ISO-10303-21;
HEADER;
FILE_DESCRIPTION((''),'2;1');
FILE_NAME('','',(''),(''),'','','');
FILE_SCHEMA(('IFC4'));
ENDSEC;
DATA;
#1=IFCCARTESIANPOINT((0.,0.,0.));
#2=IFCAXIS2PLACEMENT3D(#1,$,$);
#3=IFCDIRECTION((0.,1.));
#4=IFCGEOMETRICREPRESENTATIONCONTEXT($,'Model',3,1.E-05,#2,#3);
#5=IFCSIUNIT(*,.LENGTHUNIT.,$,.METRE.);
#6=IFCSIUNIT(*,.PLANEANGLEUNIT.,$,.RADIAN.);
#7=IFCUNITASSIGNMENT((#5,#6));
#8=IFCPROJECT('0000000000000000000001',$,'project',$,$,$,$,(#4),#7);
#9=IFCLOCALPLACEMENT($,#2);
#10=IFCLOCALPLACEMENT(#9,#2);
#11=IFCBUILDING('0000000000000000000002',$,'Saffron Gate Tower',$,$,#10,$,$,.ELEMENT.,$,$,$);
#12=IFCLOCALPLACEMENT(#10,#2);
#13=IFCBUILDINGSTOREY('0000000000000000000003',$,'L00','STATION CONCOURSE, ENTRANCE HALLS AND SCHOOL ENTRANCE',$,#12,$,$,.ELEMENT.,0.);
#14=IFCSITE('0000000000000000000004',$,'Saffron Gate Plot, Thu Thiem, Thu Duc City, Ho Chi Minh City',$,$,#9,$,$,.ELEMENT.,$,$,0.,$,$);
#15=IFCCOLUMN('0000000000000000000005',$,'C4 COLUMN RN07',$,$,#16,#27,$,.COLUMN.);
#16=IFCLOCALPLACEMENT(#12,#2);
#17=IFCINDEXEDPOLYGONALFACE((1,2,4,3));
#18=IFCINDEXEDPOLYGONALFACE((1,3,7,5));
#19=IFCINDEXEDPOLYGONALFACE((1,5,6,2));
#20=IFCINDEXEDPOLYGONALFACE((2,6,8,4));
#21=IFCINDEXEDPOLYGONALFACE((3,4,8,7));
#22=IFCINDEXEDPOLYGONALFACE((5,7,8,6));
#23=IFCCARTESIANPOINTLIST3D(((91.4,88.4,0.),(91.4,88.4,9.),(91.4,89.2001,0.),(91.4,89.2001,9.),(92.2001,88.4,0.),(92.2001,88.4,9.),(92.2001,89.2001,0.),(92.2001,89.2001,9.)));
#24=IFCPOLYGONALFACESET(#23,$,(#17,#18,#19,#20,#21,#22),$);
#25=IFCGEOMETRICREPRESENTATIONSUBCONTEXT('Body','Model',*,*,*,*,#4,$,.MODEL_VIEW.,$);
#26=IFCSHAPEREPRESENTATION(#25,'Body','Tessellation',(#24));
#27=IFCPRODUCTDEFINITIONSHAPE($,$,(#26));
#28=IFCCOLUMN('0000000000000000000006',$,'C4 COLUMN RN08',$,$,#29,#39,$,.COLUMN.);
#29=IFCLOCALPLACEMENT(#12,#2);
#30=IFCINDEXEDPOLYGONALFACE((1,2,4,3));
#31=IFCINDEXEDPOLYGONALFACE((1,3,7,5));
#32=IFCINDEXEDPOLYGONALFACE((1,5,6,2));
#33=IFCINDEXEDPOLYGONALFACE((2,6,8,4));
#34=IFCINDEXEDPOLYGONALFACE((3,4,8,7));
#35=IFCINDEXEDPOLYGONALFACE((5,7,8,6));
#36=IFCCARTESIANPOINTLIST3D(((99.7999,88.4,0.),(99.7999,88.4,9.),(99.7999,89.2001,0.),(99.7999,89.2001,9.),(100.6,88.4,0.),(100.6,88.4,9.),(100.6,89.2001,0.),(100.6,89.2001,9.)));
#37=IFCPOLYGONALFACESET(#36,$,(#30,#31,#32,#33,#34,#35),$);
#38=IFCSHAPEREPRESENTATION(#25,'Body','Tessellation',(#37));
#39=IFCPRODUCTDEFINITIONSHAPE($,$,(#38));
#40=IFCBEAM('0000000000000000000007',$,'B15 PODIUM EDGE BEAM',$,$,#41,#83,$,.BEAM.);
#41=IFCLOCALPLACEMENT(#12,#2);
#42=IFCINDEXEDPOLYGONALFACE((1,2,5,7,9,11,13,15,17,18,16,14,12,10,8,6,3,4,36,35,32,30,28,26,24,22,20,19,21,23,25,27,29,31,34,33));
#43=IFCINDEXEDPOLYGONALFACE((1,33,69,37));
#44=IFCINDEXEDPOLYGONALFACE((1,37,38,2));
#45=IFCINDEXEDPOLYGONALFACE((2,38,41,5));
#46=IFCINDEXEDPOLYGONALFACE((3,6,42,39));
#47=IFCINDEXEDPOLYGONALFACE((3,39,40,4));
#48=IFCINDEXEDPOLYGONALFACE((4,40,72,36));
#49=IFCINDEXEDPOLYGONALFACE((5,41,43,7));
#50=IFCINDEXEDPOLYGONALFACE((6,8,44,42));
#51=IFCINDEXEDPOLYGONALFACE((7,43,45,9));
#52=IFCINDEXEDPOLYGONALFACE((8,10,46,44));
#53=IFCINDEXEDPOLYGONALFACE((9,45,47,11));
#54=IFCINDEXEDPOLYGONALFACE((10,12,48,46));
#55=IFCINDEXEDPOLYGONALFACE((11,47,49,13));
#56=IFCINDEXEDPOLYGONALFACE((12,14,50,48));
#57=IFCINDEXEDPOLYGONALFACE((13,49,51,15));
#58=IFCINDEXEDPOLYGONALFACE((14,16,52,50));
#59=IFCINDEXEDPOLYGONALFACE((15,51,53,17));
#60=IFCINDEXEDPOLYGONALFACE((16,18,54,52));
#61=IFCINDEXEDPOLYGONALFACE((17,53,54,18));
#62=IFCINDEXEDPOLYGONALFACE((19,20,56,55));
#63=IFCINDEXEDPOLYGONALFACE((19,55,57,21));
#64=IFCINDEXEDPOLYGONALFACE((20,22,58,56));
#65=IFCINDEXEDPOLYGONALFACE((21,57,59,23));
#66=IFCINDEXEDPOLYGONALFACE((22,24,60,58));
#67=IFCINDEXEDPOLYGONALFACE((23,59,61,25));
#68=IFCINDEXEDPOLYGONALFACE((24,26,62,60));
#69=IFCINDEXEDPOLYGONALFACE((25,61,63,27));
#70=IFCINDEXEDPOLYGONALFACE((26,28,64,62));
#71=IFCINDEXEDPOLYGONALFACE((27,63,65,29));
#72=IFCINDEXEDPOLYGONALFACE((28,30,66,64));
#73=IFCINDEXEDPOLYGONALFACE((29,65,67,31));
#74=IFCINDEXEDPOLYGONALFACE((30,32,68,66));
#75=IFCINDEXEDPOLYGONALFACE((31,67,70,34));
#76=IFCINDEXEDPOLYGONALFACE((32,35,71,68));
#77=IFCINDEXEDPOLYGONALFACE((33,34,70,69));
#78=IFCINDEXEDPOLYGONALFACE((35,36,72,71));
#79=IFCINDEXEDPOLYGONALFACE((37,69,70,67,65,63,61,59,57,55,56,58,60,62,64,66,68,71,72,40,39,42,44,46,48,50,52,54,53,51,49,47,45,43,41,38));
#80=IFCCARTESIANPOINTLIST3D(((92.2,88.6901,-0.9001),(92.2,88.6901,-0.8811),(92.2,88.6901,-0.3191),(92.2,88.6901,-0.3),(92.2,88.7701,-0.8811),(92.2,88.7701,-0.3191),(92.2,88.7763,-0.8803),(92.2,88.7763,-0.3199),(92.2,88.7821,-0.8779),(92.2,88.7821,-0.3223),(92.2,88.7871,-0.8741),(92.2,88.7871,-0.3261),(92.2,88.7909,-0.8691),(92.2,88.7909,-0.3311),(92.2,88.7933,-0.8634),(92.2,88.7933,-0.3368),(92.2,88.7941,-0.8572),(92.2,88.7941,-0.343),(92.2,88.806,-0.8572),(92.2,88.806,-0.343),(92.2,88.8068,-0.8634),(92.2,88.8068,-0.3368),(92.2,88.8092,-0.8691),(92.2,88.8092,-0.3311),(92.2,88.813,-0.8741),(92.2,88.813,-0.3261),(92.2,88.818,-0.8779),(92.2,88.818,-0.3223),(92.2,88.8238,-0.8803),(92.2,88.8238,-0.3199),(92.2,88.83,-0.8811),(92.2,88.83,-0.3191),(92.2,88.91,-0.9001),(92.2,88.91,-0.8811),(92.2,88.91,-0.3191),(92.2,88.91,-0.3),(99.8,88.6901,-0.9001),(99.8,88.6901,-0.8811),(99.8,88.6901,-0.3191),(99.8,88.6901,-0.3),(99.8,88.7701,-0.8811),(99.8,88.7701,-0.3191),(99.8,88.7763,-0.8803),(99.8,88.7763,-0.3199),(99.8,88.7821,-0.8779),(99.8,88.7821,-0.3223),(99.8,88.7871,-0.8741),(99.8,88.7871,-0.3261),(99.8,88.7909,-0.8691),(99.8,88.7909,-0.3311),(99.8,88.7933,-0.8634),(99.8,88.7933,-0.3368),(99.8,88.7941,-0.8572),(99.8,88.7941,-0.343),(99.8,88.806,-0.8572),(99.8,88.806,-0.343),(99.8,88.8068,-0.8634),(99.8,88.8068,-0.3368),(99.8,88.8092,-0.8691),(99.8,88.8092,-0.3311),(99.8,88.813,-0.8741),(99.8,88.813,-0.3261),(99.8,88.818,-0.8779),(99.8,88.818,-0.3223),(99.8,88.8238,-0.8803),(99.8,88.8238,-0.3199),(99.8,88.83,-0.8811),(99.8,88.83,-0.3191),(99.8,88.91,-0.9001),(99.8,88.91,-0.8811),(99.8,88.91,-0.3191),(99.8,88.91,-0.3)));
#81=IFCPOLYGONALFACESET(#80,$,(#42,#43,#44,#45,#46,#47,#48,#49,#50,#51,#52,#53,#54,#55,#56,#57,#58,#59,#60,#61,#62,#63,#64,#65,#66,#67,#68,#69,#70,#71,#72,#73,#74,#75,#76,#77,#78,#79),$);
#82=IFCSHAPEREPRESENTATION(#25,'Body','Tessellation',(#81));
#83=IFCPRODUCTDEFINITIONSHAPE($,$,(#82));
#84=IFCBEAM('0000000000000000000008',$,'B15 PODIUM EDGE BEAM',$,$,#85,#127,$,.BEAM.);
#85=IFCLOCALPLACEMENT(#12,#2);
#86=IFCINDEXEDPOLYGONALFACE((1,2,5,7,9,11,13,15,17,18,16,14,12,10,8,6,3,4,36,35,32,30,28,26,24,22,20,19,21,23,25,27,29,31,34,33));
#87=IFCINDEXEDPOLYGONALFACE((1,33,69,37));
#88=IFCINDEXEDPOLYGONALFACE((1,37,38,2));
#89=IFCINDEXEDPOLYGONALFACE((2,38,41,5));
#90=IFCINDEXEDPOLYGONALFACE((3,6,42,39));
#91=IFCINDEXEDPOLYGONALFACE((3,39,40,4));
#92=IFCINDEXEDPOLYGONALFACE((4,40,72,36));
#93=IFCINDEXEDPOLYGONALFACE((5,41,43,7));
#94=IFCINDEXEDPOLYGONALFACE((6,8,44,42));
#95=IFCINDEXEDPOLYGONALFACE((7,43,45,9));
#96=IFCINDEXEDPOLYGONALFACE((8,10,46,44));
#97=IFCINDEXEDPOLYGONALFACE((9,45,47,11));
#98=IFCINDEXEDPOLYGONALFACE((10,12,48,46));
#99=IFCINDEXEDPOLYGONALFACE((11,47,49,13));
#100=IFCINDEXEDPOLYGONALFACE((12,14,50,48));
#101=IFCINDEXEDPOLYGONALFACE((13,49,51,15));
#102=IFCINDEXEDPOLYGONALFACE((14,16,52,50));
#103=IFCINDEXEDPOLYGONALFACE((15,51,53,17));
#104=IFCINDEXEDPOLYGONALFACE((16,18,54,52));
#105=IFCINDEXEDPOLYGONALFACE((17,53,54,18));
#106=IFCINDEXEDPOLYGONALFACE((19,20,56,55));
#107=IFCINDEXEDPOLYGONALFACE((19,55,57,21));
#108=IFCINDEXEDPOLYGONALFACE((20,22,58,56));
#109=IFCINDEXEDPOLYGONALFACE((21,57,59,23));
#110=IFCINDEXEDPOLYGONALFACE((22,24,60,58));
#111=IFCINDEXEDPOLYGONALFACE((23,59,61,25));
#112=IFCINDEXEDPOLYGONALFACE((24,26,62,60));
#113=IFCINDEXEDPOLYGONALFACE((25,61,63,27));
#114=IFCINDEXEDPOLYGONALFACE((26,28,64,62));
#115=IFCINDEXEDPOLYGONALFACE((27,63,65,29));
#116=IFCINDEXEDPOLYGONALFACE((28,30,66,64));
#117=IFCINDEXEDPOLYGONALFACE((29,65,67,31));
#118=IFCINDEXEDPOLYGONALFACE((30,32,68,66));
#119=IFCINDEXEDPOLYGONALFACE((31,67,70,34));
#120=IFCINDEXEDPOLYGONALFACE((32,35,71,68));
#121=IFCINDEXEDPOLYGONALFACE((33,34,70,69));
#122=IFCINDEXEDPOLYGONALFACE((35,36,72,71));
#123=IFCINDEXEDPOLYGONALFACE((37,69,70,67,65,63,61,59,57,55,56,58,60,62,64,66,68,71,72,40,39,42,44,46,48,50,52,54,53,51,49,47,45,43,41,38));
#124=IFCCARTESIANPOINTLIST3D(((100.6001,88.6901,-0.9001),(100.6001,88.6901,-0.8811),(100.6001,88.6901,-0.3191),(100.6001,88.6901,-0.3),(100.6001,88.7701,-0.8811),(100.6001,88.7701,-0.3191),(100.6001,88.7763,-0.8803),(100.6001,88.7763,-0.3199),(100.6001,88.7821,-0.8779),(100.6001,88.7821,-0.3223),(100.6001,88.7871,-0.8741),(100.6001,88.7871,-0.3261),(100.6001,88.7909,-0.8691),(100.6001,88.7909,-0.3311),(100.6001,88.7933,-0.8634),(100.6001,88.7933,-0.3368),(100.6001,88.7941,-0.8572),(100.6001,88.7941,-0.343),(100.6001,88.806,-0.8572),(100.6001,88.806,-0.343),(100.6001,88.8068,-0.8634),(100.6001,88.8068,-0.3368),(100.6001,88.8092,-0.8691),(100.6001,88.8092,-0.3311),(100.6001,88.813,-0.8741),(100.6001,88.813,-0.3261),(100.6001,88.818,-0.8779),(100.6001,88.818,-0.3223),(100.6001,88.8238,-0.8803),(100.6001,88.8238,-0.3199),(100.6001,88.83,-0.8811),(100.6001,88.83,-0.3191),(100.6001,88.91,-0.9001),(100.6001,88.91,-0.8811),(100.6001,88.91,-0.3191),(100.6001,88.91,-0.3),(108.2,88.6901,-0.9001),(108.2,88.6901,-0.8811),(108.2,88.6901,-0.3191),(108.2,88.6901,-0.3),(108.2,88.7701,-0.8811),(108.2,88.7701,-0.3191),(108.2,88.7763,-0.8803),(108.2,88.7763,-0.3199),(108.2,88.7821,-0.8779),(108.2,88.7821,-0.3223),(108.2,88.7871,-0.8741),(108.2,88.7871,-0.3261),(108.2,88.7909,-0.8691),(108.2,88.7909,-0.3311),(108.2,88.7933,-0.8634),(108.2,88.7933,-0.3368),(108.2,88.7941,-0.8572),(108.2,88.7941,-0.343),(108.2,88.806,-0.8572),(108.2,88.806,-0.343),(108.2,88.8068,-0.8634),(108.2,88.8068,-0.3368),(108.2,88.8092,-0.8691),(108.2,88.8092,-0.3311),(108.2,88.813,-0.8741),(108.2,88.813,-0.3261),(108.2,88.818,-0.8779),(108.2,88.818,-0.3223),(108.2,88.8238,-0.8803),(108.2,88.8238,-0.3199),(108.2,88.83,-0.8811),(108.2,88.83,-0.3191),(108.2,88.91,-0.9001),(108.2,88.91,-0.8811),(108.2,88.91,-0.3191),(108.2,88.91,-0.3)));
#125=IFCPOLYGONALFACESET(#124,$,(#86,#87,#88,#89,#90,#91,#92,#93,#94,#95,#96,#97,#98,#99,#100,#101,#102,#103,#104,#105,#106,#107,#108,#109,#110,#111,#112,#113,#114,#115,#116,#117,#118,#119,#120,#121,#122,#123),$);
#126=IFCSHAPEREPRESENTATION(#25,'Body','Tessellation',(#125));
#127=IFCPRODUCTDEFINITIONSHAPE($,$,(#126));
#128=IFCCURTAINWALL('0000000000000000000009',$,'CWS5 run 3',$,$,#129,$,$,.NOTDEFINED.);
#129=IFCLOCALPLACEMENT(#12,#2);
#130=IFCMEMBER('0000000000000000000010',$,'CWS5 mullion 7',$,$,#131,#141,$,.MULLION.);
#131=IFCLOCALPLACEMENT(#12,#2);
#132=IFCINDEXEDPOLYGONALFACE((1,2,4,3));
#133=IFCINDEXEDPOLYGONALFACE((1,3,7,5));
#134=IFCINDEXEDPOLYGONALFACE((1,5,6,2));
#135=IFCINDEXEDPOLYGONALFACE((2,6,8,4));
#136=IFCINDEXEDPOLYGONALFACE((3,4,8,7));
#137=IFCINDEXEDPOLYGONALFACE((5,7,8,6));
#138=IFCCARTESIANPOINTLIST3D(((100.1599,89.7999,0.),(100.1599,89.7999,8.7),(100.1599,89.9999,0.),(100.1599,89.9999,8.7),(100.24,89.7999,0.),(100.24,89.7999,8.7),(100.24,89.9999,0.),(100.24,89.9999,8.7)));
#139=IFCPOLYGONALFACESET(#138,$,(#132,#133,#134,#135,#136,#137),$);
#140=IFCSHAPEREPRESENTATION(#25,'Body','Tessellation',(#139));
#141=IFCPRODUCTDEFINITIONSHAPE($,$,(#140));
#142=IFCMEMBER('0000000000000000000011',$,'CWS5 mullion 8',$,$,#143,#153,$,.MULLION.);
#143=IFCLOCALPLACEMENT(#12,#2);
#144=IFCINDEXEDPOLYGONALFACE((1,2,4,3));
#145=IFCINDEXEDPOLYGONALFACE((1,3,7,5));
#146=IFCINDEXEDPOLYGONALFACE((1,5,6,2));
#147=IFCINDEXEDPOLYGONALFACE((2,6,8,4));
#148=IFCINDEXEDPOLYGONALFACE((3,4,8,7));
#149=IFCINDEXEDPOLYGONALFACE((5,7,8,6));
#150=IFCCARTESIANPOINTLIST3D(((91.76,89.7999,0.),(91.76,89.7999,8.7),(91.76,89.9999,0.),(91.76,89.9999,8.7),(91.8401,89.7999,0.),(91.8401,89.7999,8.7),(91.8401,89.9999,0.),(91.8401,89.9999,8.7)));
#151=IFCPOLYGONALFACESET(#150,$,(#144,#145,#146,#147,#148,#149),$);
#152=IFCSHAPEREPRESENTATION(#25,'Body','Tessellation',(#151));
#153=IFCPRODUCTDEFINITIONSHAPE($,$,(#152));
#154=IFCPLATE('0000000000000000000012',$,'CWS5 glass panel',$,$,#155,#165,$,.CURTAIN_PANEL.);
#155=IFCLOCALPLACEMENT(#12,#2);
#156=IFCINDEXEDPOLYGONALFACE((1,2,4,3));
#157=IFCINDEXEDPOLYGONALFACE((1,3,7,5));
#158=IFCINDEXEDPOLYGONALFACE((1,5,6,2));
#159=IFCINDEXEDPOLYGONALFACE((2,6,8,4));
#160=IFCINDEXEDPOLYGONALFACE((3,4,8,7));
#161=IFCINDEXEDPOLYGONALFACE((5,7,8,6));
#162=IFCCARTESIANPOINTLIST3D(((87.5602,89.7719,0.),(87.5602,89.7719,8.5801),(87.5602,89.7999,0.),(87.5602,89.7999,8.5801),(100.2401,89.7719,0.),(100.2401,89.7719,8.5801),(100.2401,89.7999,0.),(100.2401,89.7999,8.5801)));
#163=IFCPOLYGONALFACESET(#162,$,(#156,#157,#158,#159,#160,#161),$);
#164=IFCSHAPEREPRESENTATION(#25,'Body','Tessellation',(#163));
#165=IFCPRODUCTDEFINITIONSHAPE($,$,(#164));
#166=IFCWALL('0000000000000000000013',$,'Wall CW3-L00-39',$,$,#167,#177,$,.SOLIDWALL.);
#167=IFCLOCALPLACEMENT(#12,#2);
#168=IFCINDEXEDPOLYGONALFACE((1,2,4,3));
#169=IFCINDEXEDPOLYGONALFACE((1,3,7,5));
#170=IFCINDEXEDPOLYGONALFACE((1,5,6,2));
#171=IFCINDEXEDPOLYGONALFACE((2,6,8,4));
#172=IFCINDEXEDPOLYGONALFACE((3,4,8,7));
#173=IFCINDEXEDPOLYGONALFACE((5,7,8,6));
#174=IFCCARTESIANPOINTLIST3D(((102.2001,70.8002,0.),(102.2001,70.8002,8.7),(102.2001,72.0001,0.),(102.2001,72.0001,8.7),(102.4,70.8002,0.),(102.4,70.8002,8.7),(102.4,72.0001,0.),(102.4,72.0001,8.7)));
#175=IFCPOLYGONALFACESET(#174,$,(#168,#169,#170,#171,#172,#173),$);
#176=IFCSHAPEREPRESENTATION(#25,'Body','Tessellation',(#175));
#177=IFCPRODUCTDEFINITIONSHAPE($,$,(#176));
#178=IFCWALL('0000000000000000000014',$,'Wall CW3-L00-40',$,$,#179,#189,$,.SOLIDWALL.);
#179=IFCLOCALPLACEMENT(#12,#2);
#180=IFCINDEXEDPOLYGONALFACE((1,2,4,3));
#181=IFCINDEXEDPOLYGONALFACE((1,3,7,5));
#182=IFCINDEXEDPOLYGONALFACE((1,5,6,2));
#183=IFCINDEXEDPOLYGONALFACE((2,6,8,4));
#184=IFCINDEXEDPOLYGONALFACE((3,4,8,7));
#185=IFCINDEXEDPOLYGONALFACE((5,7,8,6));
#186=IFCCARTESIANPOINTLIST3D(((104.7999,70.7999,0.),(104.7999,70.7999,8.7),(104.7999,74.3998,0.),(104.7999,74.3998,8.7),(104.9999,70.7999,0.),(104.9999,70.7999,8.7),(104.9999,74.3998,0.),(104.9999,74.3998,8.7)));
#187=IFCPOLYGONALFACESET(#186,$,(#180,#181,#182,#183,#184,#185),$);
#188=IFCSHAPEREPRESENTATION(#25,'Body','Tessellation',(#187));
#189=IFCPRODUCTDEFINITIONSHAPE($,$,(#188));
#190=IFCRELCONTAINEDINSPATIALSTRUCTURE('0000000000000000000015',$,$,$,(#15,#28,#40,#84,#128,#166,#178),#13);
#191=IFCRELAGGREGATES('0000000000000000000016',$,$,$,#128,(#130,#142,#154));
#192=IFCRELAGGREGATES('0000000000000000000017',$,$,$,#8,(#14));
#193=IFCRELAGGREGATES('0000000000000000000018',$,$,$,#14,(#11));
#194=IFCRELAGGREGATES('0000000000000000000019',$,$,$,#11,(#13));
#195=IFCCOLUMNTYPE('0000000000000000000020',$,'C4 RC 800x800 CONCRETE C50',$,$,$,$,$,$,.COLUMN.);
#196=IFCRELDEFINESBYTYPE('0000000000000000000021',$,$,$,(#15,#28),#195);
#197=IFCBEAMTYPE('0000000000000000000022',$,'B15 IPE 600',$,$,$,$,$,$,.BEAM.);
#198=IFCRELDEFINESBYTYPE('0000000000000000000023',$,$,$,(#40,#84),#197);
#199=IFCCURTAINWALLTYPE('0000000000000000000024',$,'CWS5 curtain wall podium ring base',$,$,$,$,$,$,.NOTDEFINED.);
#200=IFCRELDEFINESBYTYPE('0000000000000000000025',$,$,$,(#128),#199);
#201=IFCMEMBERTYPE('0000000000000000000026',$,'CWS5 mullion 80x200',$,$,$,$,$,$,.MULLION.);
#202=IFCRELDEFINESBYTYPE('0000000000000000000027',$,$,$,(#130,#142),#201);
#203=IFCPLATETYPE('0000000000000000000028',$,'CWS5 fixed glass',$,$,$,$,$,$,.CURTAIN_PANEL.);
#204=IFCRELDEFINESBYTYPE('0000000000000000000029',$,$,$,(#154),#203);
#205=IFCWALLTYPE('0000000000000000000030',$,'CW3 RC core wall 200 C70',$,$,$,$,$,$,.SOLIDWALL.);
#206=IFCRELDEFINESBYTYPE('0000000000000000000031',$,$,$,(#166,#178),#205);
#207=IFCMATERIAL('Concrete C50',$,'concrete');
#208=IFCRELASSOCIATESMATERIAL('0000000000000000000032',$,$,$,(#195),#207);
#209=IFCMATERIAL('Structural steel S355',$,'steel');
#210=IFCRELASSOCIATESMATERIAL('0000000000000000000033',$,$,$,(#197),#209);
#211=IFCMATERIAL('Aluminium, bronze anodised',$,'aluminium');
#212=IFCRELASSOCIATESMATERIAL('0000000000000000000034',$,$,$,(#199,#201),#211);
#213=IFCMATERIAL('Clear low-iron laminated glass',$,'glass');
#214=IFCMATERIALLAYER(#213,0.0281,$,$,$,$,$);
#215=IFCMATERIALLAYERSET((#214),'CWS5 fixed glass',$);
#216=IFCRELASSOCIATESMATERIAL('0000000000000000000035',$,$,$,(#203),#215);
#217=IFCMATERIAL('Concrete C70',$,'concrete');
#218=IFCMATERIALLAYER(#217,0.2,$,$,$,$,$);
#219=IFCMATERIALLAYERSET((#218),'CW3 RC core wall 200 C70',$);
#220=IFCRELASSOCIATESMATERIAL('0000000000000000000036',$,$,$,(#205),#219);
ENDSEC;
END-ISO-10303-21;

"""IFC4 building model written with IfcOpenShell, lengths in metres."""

from ifc_helpers import new_model, si_unit, direction, frame, frame_2d, origin, origin_2d, place, context, subcontext, project, spatial, rectangle, i_section, extrude, material, layer, layer_set, material_profile, profile_set, type_object, element, aggregate, save


model = new_model("IFC4")

# Units and contexts
model_context = context("Model", 3, precision=1e-05, world=origin(), true_north=direction((0.0, 1.0)))
body_context = subcontext(model_context, "Body", "Model", "MODEL_VIEW")
ifc_project = project(units=[si_unit("LENGTHUNIT", "METRE"), si_unit("PLANEANGLEUNIT", "RADIAN")], contexts=[model_context])

# Site, building, storey
site_placement = place(None, origin())
site = spatial("IfcSite", under=ifc_project, at=site_placement, Name="Saffron Gate Plot, Thu Thiem, Thu Duc City, Ho Chi Minh City", CompositionType="ELEMENT", RefElevation=0.0)
building_placement = place(site_placement, origin())
building = spatial("IfcBuilding", under=site, at=building_placement, Name="Saffron Gate Tower", CompositionType="ELEMENT")
storey_placement = place(building_placement, origin())
storey = spatial("IfcBuildingStorey", under=building, at=storey_placement, Name="L00", Description="STATION CONCOURSE, ENTRANCE HALLS AND SCHOOL ENTRANCE", CompositionType="ELEMENT", Elevation=0.0)

# Columns
ifc_material_1 = material(Name="Concrete C50", Category="concrete")
ifc_material_profile_1 = material_profile(ifc_material_1, rectangle(XDim=0.8, YDim=0.8, at=origin_2d()))
ifc_profile_set_1 = profile_set([ifc_material_profile_1], Name="Concrete C50")
column_type = type_object("IfcColumnType", Name="C4 RC 800x800 CONCRETE C50", PredefinedType="COLUMN", material=ifc_profile_set_1)
for number, where, z_axis, x_axis, name in (
    (1, (91.8, 88.8, 0.0), (0.0, 0.0, 1.0), (1.0, 0.0, 0.0), "C4 COLUMN RN07"),
    (2, (100.2, 88.8, 0.0), (0.0, 0.0, 1.0), (1.0, 0.0, 0.0), "C4 COLUMN RN08"),
):
    element("IfcColumn", number, at=place(storey_placement, frame(where, z_axis=z_axis, x_axis=x_axis)), inside=storey, type_object=column_type, Name=name, PredefinedType="COLUMN", context=body_context, shape_type="SweptSolid", body=[
        extrude(rectangle(XDim=0.8, YDim=0.8, at=origin_2d()), origin(), (0.0, 0.0, 1.0), 9.0),
    ])

# Beams
ifc_material_2 = material(Name="Structural steel S355", Category="steel")
ifc_material_profile_2 = material_profile(ifc_material_2, i_section(OverallWidth=0.22, OverallDepth=0.6001, WebThickness=0.012, FlangeThickness=0.019, FilletRadius=0.0239, at=origin_2d()))
ifc_profile_set_2 = profile_set([ifc_material_profile_2], Name="Structural steel S355")
beam_type = type_object("IfcBeamType", Name="B15 IPE 600", PredefinedType="BEAM", material=ifc_profile_set_2)
beam_1_placement = place(storey_placement, frame((92.2, 88.8, -0.6001), z_axis=(1.0, 0.0, 0.0), x_axis=(0.0, 1.0, 0.0)))
element("IfcBeam", 3, at=beam_1_placement, inside=storey, type_object=beam_type, Name="B15 PODIUM EDGE BEAM", PredefinedType="BEAM", context=body_context, shape_type="SweptSolid", body=[
    extrude(i_section(OverallWidth=0.22, OverallDepth=0.6001, WebThickness=0.012, FlangeThickness=0.019, FilletRadius=0.0239, at=origin_2d()), origin(), (0.0, 0.0, 1.0), 7.6001),
])
beam_2_placement = place(storey_placement, frame((100.6001, 88.8, -0.6001), z_axis=(1.0, 0.0, 0.0), x_axis=(0.0, 1.0, 0.0)))
element("IfcBeam", 4, at=beam_2_placement, inside=storey, type_object=beam_type, Name="B15 PODIUM EDGE BEAM", PredefinedType="BEAM", context=body_context, shape_type="SweptSolid", body=[
    extrude(i_section(OverallWidth=0.22, OverallDepth=0.6001, WebThickness=0.012, FlangeThickness=0.019, FilletRadius=0.0239, at=origin_2d()), origin(), (0.0, 0.0, 1.0), 7.5999),
])

# Curtain wall, members, plate
ifc_material_3 = material(Name="Aluminium, bronze anodised", Category="aluminium")
curtain_wall_type = type_object("IfcCurtainWallType", Name="CWS5 curtain wall podium ring base", PredefinedType="NOTDEFINED", material=ifc_material_3)
curtain_wall_placement = place(storey_placement, origin())
curtain_wall = element("IfcCurtainWall", 5, at=curtain_wall_placement, inside=storey, type_object=curtain_wall_type, Name="CWS5 run 3", PredefinedType="NOTDEFINED")
ifc_material_profile_3 = material_profile(ifc_material_3, rectangle(XDim=0.2, YDim=0.0801, at=origin_2d()))
ifc_profile_set_3 = profile_set([ifc_material_profile_3], Name="Aluminium, bronze anodised")
member_type = type_object("IfcMemberType", Name="CWS5 mullion 80x200", PredefinedType="MULLION", material=ifc_profile_set_3)
member_1_placement = place(storey_placement, frame((100.2, 89.8999, 0.0), z_axis=(0.0, 0.0, 1.0), x_axis=(0.0, -1.0, 0.0)))
member_1 = element("IfcMember", 6, at=member_1_placement, type_object=member_type, Name="CWS5 mullion 7", PredefinedType="MULLION", context=body_context, shape_type="SweptSolid", body=[
    extrude(rectangle(XDim=0.2, YDim=0.0801, at=origin_2d()), origin(), (0.0, 0.0, 1.0), 8.7),
])
member_2_placement = place(storey_placement, frame((91.8, 89.8999, 0.0), z_axis=(0.0, 0.0, 1.0), x_axis=(0.0, -1.0, 0.0)))
member_2 = element("IfcMember", 7, at=member_2_placement, type_object=member_type, Name="CWS5 mullion 8", PredefinedType="MULLION", context=body_context, shape_type="SweptSolid", body=[
    extrude(rectangle(XDim=0.2, YDim=0.0801, at=origin_2d()), origin(), (0.0, 0.0, 1.0), 8.7),
])
ifc_material_4 = material(Name="Clear low-iron laminated glass", Category="glass")
ifc_layer_1 = layer(ifc_material_4, 0.0281)
ifc_layer_set_1 = layer_set([ifc_layer_1], Name="CWS5 fixed glass")
plate_type = type_object("IfcPlateType", Name="CWS5 fixed glass", PredefinedType="CURTAIN_PANEL", material=ifc_layer_set_1)
plate_placement = place(storey_placement, frame((100.24, 89.7859, 0.0), z_axis=(0.0, 0.0, 1.0), x_axis=(-1.0, 0.0, 0.0)))
plate = element("IfcPlate", 8, at=plate_placement, type_object=plate_type, Name="CWS5 glass panel", PredefinedType="CURTAIN_PANEL", context=body_context, shape_type="SweptSolid", body=[
    extrude(rectangle(XDim=12.6799, YDim=0.0281, at=frame_2d((6.3398, 0.0))), origin(), (0.0, 0.0, 1.0), 8.5801),
])
aggregate(curtain_wall, [member_1, member_2, plate])

# Walls
ifc_material_5 = material(Name="Concrete C70", Category="concrete")
ifc_layer_2 = layer(ifc_material_5, 0.2)
ifc_layer_set_2 = layer_set([ifc_layer_2], Name="CW3 RC core wall 200 C70")
wall_type_1 = type_object("IfcWallType", Name="CW3 RC core wall 200 C70", PredefinedType="SOLIDWALL", material=ifc_layer_set_2)
wall_1_placement = place(storey_placement, frame((102.3, 70.8, 0.0), z_axis=(0.0, 0.0, 1.0), x_axis=(0.0, 1.0, 0.0)))
element("IfcWall", 9, at=wall_1_placement, inside=storey, type_object=wall_type_1, Name="Wall CW3-L00-39", PredefinedType="SOLIDWALL", context=body_context, shape_type="SweptSolid", body=[
    extrude(rectangle(XDim=1.2, YDim=0.2, at=frame_2d((0.6001, 0.0))), origin(), (0.0, 0.0, 1.0), 8.7),
])
wall_2_placement = place(storey_placement, frame((104.8999, 70.8, 0.0), z_axis=(0.0, 0.0, 1.0), x_axis=(0.0, 1.0, 0.0)))
element("IfcWall", 10, at=wall_2_placement, inside=storey, type_object=wall_type_1, Name="Wall CW3-L00-40", PredefinedType="SOLIDWALL", context=body_context, shape_type="SweptSolid", body=[
    extrude(rectangle(XDim=3.5999, YDim=0.2, at=frame_2d((1.7998, 0.0))), origin(), (0.0, 0.0, 1.0), 8.7),
])

save(model, "model.ifc")
